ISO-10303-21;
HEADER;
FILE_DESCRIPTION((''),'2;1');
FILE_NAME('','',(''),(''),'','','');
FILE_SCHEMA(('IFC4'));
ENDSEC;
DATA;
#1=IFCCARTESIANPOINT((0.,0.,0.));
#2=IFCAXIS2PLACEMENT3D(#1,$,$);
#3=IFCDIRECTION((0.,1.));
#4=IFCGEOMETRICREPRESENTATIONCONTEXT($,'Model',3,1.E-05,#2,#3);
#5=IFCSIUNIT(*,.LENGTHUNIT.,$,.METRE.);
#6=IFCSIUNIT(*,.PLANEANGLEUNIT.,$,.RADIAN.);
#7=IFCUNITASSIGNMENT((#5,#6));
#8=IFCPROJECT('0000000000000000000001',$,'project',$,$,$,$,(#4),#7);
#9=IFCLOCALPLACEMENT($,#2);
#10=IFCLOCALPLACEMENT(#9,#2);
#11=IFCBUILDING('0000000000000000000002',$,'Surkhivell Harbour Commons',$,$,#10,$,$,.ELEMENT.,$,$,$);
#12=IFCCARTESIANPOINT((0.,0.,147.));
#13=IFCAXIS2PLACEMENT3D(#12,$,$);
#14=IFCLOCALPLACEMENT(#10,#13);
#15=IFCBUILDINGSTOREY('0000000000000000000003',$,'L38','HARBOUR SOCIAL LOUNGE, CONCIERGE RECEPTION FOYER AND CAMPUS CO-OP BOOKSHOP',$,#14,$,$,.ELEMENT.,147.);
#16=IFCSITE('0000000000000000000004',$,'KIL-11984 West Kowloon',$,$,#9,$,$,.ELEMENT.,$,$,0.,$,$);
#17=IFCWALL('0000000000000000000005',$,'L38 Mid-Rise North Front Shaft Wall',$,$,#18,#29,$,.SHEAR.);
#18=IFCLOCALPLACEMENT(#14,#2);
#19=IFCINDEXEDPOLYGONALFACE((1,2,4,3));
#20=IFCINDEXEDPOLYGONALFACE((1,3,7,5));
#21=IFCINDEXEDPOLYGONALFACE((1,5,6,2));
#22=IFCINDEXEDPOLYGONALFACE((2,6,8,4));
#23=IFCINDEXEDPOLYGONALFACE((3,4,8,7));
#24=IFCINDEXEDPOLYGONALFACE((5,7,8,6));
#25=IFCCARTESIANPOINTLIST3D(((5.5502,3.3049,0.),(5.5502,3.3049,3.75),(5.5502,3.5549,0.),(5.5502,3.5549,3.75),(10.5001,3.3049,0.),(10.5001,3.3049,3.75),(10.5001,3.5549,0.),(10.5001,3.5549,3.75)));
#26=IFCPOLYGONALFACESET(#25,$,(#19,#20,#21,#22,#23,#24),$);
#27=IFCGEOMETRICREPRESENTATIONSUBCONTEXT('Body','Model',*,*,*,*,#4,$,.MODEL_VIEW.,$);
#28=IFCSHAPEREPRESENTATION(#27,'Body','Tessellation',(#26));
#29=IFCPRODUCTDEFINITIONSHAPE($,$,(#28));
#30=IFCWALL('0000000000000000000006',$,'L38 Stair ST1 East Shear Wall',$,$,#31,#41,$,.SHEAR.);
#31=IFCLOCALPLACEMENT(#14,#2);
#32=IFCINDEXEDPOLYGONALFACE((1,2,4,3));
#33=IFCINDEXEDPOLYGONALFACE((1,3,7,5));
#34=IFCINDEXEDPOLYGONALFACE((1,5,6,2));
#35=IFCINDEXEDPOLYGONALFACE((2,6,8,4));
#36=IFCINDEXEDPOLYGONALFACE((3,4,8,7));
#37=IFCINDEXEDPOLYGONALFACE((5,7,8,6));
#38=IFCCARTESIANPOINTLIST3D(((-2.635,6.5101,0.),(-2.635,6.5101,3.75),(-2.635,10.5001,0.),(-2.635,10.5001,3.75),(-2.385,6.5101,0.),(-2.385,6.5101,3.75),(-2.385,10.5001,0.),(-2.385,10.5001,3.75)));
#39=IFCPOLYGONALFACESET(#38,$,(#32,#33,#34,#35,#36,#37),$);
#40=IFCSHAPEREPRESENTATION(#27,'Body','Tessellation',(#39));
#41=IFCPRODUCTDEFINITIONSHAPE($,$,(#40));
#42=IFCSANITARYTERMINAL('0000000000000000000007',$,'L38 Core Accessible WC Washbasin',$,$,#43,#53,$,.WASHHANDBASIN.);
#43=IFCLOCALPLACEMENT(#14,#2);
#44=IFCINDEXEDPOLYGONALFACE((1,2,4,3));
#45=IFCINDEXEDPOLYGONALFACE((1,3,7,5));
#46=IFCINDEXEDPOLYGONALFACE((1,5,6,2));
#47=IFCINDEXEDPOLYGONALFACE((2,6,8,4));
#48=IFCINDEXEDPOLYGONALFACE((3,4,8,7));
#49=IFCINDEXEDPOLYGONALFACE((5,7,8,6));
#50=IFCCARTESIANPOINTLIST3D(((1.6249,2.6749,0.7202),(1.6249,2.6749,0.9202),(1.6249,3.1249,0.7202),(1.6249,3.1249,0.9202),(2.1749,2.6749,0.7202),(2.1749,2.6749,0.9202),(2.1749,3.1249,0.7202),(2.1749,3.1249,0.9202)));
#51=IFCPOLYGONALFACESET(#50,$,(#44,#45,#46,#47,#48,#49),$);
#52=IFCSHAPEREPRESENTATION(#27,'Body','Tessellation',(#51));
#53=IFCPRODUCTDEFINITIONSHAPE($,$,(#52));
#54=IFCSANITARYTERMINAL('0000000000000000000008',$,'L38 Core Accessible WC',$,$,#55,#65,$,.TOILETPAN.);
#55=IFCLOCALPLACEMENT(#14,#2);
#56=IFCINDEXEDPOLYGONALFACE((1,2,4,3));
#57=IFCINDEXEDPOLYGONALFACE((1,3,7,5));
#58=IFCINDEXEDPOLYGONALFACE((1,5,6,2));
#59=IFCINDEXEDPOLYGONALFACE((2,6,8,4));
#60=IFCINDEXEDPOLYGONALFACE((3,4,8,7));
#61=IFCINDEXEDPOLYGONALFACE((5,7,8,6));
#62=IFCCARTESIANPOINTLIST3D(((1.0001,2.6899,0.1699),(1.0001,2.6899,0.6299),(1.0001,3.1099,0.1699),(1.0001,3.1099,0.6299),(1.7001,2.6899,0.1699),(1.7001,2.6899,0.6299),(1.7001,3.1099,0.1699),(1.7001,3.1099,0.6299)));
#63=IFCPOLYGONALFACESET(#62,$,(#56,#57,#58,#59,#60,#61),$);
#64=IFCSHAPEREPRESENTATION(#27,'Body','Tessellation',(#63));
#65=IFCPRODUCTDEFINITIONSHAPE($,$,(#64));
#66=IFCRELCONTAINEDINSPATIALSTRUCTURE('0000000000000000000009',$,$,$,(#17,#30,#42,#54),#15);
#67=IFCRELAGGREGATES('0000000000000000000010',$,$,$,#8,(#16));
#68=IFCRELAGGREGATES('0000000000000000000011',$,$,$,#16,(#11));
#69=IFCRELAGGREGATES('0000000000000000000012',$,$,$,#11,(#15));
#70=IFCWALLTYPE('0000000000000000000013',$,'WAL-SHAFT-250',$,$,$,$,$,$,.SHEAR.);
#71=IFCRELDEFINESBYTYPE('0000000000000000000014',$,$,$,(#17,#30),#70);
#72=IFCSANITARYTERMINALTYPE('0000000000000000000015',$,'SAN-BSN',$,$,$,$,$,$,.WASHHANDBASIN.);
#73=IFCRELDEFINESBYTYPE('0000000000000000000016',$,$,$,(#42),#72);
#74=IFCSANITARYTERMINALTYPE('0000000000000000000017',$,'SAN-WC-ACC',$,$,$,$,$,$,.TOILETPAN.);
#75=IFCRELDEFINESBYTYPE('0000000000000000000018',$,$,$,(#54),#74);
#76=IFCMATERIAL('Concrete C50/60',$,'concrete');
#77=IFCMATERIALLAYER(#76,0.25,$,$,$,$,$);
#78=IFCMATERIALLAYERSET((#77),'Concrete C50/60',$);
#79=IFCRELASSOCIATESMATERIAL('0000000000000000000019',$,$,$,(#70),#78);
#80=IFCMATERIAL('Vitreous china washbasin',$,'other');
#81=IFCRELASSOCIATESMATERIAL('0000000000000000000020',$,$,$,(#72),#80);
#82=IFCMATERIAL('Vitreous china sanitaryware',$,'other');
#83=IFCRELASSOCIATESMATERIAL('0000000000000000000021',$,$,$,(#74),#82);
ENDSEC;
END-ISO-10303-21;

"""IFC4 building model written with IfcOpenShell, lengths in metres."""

from ifc_helpers import new_model, si_unit, direction, frame, frame_2d, origin, origin_2d, place, context, subcontext, project, spatial, rectangle, extrude, material, layer, layer_set, type_object, element, save


model = new_model("IFC4")

# Units and contexts
model_context = context("Model", 3, precision=1e-05, world=origin(), true_north=direction((0.0, 1.0)))
body_context = subcontext(model_context, "Body", "Model", "MODEL_VIEW")
ifc_project = project(units=[si_unit("LENGTHUNIT", "METRE"), si_unit("PLANEANGLEUNIT", "RADIAN")], contexts=[model_context])

# Site, building, storey
site_placement = place(None, origin())
site = spatial("IfcSite", under=ifc_project, at=site_placement, Name="KIL-11984 West Kowloon", CompositionType="ELEMENT", RefElevation=0.0)
building_placement = place(site_placement, origin())
building = spatial("IfcBuilding", under=site, at=building_placement, Name="Surkhivell Harbour Commons", CompositionType="ELEMENT")
storey_placement = place(building_placement, frame((0.0, 0.0, 147.0)))
storey = spatial("IfcBuildingStorey", under=building, at=storey_placement, Name="L38", Description="HARBOUR SOCIAL LOUNGE, CONCIERGE RECEPTION FOYER AND CAMPUS CO-OP BOOKSHOP", CompositionType="ELEMENT", Elevation=147.0)

# Shared definitions
ifc_material_1 = material(Name="Concrete C50/60", Category="concrete")
ifc_layer_1 = layer(ifc_material_1, 0.25)
ifc_layer_set_1 = layer_set([ifc_layer_1], Name="Concrete C50/60")
wall_type_1 = type_object("IfcWallType", Name="WAL-SHAFT-250", PredefinedType="SHEAR", material=ifc_layer_set_1)

# Walls
wall_1_placement = place(storey_placement, frame((5.55, 3.4299, 0.0), z_axis=(0.0, 0.0, 1.0), x_axis=(1.0, 0.0, 0.0)))
element("IfcWall", 1, at=wall_1_placement, inside=storey, type_object=wall_type_1, Name="L38 Mid-Rise North Front Shaft Wall", PredefinedType="SHEAR", context=body_context, shape_type="SweptSolid", body=[
    extrude(rectangle(XDim=4.95, YDim=0.25, at=frame_2d((2.4751, 0.0))), origin(), (0.0, 0.0, 1.0), 3.75),
])
wall_2_placement = place(storey_placement, frame((-2.51, 6.51, 0.0), z_axis=(0.0, 0.0, 1.0), x_axis=(0.0, 1.0, 0.0)))
element("IfcWall", 2, at=wall_2_placement, inside=storey, type_object=wall_type_1, Name="L38 Stair ST1 East Shear Wall", PredefinedType="SHEAR", context=body_context, shape_type="SweptSolid", body=[
    extrude(rectangle(XDim=3.99, YDim=0.25, at=frame_2d((1.9951, 0.0))), origin(), (0.0, 0.0, 1.0), 3.75),
])

# Sanitary terminals
ifc_material_2 = material(Name="Vitreous china washbasin", Category="other")
sanitary_terminal_type_1 = type_object("IfcSanitaryTerminalType", Name="SAN-BSN", PredefinedType="WASHHANDBASIN", material=ifc_material_2)
sanitary_terminal_1_placement = place(storey_placement, frame((1.8999, 2.8999, 0.7202), z_axis=(0.0, 0.0, 1.0), x_axis=(1.0, 0.0, 0.0)))
element("IfcSanitaryTerminal", 3, at=sanitary_terminal_1_placement, inside=storey, type_object=sanitary_terminal_type_1, Name="L38 Core Accessible WC Washbasin", PredefinedType="WASHHANDBASIN", context=body_context, shape_type="SweptSolid", body=[
    extrude(rectangle(XDim=0.55, YDim=0.45, at=origin_2d()), origin(), (0.0, 0.0, 1.0), 0.2),
])
ifc_material_3 = material(Name="Vitreous china sanitaryware", Category="other")
sanitary_terminal_type_2 = type_object("IfcSanitaryTerminalType", Name="SAN-WC-ACC", PredefinedType="TOILETPAN", material=ifc_material_3)
sanitary_terminal_2_placement = place(storey_placement, frame((1.3501, 2.8999, 0.1699), z_axis=(0.0, 0.0, 1.0), x_axis=(1.0, 0.0, 0.0)))
element("IfcSanitaryTerminal", 4, at=sanitary_terminal_2_placement, inside=storey, type_object=sanitary_terminal_type_2, Name="L38 Core Accessible WC", PredefinedType="TOILETPAN", context=body_context, shape_type="SweptSolid", body=[
    extrude(rectangle(XDim=0.7, YDim=0.4199, at=origin_2d()), origin(), (0.0, 0.0, 1.0), 0.46),
])

save(model, "model.ifc")
